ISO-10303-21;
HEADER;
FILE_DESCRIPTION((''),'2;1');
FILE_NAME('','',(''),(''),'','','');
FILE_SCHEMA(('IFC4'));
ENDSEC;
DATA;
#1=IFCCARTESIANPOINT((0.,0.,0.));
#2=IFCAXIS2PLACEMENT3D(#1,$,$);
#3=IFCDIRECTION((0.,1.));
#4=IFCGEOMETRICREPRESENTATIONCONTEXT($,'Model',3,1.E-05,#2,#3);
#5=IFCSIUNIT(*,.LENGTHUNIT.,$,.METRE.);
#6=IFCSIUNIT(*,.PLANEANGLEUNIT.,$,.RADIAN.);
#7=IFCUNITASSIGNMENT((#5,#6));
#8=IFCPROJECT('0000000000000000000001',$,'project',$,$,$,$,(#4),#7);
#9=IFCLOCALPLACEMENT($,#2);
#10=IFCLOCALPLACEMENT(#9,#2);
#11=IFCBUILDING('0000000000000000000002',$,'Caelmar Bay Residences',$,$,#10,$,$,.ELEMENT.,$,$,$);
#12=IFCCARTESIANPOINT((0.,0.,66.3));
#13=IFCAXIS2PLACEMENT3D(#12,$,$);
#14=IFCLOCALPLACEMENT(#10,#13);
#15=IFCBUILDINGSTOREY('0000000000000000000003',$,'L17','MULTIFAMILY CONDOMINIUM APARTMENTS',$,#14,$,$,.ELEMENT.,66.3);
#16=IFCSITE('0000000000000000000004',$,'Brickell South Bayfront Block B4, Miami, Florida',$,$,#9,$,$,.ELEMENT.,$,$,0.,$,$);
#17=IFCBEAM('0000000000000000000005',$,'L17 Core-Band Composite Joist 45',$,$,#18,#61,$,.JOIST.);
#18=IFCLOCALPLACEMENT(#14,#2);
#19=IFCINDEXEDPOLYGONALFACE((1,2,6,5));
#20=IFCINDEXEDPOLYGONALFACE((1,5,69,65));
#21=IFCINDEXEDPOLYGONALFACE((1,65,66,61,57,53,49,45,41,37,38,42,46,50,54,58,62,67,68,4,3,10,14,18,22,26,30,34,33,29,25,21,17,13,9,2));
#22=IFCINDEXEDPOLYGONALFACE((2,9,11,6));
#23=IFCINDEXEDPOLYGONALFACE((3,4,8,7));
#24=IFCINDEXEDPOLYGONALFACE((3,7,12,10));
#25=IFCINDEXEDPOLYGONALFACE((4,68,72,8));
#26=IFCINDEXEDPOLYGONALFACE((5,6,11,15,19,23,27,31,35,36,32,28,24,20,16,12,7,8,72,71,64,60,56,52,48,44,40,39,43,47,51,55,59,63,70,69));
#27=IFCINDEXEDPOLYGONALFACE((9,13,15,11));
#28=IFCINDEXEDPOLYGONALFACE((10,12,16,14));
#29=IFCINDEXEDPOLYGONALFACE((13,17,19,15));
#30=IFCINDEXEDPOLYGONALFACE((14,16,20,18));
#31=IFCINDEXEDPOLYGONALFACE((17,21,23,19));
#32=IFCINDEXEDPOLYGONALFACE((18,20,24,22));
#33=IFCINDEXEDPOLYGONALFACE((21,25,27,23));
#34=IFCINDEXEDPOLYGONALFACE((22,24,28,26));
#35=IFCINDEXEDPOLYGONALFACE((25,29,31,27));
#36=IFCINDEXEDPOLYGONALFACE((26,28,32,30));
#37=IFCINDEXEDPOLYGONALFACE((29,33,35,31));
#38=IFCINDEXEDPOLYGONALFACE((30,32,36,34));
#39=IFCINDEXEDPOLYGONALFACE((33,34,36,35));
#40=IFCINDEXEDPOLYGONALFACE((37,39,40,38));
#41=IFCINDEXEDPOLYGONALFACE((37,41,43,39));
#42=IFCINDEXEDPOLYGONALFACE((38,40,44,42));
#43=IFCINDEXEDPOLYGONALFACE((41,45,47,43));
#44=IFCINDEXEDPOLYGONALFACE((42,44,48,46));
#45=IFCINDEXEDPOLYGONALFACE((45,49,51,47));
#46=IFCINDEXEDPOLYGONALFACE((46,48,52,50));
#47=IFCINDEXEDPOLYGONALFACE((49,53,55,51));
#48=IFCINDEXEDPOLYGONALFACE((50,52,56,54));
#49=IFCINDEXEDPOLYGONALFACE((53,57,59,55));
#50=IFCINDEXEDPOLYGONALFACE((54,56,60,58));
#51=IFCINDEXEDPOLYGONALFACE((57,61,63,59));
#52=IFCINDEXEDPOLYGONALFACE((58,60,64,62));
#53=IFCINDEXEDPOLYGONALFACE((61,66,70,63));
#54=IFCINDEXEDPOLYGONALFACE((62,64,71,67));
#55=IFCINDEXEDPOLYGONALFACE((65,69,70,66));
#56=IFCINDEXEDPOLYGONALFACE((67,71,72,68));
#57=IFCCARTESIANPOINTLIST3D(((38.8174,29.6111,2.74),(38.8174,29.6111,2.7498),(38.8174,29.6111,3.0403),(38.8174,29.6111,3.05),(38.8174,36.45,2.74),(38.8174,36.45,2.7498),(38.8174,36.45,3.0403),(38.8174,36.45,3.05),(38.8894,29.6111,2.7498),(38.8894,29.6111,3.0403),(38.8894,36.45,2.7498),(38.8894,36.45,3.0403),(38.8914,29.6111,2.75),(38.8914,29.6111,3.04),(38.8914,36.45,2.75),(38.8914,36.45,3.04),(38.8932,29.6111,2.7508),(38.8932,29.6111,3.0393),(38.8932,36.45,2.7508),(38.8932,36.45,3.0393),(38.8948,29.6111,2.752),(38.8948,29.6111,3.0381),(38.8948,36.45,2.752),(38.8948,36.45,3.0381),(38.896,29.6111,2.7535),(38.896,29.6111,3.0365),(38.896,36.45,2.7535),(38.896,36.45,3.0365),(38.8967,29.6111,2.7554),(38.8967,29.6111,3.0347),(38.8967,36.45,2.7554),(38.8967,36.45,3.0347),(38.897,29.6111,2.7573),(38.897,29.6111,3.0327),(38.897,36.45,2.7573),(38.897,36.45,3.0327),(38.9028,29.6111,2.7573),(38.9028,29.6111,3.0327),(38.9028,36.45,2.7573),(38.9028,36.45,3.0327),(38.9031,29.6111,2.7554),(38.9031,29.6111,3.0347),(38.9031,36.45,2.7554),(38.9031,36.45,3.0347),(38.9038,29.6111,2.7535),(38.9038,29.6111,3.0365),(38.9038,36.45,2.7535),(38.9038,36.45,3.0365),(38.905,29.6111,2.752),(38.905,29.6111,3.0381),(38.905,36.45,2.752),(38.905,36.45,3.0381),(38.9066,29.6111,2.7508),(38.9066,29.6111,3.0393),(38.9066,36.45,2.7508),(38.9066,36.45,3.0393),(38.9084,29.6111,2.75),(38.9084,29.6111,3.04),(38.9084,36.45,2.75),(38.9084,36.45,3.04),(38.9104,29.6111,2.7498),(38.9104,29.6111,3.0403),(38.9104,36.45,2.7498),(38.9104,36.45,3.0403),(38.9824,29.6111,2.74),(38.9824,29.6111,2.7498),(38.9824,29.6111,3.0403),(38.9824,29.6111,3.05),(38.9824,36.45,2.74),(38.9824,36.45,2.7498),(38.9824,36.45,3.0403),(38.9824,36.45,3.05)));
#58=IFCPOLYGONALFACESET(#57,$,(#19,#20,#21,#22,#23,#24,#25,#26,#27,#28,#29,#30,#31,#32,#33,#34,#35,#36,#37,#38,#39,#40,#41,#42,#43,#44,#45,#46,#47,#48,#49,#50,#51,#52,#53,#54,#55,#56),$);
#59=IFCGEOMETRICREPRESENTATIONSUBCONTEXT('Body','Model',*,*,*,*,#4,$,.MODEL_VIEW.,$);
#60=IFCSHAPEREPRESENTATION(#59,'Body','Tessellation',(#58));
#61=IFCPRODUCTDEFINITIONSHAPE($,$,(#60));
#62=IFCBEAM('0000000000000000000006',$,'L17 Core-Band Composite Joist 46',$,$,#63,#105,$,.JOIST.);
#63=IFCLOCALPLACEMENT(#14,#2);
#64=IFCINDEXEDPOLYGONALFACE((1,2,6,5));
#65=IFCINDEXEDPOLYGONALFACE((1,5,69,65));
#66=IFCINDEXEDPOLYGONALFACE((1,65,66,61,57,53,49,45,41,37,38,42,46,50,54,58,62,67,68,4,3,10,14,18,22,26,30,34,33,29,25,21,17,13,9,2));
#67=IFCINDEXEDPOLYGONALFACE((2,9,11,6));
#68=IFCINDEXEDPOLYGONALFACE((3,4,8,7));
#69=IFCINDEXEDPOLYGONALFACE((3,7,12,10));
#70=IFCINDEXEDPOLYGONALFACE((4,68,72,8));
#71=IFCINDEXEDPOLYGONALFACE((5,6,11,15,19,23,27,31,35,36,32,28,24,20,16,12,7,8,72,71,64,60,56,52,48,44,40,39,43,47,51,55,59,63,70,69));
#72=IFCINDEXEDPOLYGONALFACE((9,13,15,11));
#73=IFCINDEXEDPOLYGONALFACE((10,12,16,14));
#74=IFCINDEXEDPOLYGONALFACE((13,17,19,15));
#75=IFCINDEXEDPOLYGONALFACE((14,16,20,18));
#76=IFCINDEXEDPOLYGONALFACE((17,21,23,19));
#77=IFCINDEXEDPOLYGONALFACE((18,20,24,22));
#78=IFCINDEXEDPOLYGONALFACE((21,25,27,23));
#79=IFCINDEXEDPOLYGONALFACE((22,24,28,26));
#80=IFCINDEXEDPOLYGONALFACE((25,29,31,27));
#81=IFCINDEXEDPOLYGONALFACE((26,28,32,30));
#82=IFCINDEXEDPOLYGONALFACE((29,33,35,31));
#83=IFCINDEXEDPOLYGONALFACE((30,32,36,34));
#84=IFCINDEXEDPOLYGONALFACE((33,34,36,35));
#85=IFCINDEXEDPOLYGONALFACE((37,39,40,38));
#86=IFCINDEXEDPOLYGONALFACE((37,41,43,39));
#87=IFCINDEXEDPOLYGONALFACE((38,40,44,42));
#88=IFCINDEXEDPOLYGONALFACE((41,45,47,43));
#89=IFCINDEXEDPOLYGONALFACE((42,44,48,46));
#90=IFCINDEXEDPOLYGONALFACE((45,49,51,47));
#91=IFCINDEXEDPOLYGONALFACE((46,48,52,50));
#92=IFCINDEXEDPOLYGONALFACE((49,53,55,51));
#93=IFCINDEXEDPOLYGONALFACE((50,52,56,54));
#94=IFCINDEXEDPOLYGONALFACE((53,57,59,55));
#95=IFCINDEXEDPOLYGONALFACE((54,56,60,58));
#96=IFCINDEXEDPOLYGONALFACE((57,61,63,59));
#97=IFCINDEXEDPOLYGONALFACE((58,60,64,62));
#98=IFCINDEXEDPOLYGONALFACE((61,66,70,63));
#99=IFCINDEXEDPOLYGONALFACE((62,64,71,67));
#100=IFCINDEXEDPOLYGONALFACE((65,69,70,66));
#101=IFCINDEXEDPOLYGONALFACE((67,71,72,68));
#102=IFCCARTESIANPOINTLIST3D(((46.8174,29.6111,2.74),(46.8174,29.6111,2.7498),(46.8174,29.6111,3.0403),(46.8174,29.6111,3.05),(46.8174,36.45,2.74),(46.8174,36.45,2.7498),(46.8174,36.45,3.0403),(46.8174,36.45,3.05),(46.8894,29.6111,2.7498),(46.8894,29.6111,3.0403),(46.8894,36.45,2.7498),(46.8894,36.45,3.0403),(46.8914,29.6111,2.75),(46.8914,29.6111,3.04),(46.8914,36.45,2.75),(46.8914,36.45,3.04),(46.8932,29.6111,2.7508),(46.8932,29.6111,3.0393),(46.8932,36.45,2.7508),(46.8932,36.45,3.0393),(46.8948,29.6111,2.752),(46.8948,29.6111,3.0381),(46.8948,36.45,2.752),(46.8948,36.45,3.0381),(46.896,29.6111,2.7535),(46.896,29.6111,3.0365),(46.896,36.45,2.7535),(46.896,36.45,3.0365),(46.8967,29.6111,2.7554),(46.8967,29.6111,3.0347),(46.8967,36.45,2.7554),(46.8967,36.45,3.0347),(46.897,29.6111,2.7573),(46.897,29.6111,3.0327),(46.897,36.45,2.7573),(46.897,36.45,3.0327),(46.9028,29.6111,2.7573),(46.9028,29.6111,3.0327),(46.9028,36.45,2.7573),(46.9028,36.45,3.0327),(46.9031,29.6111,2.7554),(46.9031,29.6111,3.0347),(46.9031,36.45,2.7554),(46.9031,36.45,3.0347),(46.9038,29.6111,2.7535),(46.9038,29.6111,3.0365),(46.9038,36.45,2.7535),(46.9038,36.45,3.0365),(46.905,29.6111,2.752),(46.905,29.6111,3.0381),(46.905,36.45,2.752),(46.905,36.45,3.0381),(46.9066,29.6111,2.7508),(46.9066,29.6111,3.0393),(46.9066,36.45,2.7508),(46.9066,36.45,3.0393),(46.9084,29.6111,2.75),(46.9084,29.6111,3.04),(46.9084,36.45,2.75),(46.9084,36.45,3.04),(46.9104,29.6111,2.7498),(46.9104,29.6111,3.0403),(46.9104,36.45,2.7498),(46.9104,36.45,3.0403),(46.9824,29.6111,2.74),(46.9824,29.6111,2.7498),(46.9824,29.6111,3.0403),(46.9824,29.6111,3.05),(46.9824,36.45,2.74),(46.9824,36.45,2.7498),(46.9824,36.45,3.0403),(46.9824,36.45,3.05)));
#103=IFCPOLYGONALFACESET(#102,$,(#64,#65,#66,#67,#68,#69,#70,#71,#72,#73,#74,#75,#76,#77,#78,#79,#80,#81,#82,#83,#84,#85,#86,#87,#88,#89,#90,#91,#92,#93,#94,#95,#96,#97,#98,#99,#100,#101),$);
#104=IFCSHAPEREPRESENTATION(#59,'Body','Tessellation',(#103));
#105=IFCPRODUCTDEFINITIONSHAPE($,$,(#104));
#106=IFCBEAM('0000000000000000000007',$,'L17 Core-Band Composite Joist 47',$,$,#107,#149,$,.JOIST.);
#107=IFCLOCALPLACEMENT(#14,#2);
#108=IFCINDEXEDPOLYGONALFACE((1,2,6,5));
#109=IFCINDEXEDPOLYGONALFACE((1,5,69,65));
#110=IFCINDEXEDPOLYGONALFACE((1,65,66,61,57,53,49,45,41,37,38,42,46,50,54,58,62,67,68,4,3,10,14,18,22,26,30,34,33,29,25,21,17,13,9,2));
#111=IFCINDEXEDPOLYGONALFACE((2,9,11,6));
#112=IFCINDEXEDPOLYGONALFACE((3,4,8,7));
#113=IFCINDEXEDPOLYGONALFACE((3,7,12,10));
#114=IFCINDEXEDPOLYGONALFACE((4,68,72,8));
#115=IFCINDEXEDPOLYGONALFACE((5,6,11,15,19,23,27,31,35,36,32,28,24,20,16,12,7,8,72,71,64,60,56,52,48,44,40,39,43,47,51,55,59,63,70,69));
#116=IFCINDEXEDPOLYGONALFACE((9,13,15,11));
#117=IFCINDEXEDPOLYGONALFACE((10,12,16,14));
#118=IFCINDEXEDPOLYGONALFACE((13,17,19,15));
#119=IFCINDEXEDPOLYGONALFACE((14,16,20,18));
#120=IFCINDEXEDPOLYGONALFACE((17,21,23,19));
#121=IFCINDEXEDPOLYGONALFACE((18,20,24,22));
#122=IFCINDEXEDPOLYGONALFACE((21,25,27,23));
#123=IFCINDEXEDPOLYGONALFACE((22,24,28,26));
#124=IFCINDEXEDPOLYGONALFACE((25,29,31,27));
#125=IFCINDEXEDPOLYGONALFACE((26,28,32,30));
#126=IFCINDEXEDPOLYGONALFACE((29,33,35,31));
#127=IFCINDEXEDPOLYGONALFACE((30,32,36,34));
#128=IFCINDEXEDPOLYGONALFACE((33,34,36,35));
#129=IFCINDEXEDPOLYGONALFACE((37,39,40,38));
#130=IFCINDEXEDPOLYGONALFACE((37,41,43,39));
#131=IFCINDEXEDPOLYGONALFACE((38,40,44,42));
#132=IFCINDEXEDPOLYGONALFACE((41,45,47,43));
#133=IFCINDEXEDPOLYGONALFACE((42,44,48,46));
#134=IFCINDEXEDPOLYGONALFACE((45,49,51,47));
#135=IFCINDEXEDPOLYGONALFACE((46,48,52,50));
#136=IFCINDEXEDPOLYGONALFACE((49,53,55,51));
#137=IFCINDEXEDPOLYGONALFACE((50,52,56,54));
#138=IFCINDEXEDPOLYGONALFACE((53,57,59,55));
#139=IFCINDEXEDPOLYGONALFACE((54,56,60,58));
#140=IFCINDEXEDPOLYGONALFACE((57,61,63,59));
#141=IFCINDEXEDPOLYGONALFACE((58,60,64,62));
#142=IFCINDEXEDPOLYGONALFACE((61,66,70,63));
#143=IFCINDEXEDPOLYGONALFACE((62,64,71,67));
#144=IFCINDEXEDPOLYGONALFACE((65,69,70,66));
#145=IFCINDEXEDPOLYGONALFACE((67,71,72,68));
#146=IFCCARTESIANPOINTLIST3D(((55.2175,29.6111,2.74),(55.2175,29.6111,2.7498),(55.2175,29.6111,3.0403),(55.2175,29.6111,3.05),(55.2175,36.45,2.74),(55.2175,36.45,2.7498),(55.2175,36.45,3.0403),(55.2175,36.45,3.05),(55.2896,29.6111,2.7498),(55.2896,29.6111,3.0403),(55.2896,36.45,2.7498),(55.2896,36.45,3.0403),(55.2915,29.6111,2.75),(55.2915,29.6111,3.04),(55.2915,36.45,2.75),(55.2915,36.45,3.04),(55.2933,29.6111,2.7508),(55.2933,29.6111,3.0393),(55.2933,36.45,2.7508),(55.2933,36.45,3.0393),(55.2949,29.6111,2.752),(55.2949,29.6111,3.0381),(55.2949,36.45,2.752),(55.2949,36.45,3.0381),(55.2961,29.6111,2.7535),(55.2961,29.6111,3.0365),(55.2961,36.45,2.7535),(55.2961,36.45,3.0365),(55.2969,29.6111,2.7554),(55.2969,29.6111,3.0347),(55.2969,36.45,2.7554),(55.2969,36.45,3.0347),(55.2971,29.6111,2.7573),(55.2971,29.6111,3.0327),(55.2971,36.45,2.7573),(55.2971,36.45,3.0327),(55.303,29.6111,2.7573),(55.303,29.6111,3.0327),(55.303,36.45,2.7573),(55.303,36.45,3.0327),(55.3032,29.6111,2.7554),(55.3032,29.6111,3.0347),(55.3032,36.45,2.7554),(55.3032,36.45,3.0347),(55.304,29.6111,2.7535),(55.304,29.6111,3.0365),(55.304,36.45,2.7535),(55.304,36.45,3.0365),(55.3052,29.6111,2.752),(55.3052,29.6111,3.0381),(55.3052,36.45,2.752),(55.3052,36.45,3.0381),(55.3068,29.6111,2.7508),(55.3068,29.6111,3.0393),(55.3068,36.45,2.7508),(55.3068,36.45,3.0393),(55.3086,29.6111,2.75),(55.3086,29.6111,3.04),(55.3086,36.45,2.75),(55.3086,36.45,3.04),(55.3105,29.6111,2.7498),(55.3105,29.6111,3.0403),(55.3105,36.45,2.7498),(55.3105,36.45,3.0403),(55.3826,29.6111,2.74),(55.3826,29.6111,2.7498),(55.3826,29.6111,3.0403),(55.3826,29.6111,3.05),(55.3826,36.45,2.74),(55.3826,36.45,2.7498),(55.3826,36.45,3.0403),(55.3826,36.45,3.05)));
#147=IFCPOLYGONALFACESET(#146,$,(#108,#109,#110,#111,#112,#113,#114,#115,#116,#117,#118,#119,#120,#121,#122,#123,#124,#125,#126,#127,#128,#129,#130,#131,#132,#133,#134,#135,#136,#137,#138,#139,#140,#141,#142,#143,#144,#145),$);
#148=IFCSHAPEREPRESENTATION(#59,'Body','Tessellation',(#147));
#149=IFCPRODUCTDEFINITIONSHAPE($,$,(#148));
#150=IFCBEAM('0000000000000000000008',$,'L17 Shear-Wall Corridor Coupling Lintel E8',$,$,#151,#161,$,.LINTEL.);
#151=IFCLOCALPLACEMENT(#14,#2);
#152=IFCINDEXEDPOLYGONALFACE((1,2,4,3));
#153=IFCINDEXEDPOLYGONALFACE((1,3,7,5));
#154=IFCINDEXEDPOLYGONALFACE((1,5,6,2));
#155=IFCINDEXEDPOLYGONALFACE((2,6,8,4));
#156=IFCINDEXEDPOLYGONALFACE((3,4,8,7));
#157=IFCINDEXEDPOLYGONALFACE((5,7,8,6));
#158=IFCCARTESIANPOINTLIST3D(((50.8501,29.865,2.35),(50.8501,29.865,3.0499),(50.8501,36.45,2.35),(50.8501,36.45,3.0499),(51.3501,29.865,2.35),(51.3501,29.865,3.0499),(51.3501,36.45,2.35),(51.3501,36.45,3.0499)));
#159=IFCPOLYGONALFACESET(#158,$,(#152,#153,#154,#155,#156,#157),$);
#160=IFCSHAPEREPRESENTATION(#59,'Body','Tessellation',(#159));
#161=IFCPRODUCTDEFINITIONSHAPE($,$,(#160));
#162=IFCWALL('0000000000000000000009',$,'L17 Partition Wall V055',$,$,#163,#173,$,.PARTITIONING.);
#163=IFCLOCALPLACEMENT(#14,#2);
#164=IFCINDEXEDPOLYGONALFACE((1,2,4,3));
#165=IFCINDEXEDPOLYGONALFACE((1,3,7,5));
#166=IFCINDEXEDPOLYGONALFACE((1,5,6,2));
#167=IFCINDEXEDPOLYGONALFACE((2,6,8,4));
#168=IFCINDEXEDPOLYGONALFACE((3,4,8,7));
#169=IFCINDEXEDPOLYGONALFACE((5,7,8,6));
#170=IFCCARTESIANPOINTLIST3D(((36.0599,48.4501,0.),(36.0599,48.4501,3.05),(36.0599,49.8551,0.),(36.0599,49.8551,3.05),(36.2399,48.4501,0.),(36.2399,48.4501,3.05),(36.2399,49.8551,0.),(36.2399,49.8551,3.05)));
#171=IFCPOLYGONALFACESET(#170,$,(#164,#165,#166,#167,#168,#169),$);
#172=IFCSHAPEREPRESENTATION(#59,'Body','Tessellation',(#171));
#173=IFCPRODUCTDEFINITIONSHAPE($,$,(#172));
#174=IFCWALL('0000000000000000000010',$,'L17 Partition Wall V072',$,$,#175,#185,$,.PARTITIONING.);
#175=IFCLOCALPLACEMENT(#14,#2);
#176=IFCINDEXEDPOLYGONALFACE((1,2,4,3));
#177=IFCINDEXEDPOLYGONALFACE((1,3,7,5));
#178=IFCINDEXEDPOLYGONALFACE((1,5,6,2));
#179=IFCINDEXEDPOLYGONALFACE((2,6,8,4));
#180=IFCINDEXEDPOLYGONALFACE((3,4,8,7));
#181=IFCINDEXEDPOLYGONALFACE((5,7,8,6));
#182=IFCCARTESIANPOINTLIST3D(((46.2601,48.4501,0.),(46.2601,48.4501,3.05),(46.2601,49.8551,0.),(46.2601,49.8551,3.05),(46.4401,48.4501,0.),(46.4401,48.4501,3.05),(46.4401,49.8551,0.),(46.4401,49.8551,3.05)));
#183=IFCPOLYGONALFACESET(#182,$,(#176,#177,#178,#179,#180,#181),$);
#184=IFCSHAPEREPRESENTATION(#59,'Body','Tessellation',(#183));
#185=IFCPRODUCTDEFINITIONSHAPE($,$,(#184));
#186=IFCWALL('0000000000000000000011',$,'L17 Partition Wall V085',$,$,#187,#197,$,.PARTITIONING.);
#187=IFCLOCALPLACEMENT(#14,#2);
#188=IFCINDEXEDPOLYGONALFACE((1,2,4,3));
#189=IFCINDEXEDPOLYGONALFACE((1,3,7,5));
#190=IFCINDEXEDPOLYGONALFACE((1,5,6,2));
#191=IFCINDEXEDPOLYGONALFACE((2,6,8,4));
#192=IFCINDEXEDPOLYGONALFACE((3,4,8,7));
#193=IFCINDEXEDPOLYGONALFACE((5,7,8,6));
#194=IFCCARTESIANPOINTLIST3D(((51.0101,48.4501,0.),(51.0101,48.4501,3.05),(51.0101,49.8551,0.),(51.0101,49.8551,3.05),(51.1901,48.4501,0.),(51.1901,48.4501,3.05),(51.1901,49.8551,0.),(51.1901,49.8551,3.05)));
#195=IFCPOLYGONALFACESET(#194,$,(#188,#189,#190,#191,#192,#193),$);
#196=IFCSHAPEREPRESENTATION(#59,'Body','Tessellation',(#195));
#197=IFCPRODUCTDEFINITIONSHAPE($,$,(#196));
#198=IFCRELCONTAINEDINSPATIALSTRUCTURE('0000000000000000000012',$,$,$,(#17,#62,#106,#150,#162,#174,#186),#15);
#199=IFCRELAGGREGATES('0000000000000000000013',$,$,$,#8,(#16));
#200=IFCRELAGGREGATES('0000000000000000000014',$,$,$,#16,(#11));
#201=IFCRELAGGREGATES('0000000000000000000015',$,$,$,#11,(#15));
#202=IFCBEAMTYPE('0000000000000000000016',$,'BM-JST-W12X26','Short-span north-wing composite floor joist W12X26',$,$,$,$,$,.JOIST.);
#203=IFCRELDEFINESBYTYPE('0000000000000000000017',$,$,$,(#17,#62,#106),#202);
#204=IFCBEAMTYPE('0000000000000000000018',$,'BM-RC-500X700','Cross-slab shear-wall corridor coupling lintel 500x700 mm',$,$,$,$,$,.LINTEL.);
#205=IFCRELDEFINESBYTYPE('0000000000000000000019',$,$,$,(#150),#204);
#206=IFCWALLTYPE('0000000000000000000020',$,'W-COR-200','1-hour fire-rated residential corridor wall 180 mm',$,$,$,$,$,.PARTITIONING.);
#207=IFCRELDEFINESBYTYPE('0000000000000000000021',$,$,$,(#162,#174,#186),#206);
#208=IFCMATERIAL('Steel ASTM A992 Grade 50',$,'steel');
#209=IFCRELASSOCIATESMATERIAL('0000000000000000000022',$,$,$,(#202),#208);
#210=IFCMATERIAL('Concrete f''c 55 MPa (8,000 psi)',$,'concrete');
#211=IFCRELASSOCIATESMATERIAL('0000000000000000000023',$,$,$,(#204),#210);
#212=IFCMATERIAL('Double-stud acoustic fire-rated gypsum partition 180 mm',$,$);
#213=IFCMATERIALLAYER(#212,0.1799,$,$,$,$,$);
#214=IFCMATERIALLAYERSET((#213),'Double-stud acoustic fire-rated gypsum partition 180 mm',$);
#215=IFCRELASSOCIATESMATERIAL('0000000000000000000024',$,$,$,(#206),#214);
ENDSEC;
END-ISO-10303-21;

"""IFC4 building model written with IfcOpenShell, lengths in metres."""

from ifc_helpers import new_model, si_unit, direction, frame, frame_2d, origin, origin_2d, place, context, subcontext, project, spatial, rectangle, i_section, extrude, material, layer, layer_set, material_profile, profile_set, type_object, element, save


model = new_model("IFC4")

# Units and contexts
model_context = context("Model", 3, precision=1e-05, world=origin(), true_north=direction((0.0, 1.0)))
body_context = subcontext(model_context, "Body", "Model", "MODEL_VIEW")
ifc_project = project(units=[si_unit("LENGTHUNIT", "METRE"), si_unit("PLANEANGLEUNIT", "RADIAN")], contexts=[model_context])

# Site, building, storey
site_placement = place(None, origin())
site = spatial("IfcSite", under=ifc_project, at=site_placement, Name="Brickell South Bayfront Block B4, Miami, Florida", CompositionType="ELEMENT", RefElevation=0.0)
building_placement = place(site_placement, origin())
building = spatial("IfcBuilding", under=site, at=building_placement, Name="Caelmar Bay Residences", CompositionType="ELEMENT")
storey_placement = place(building_placement, frame((0.0, 0.0, 66.3)))
storey = spatial("IfcBuildingStorey", under=building, at=storey_placement, Name="L17", Description="MULTIFAMILY CONDOMINIUM APARTMENTS", CompositionType="ELEMENT", Elevation=66.3)

# Beams
ifc_material_1 = material(Name="Steel ASTM A992 Grade 50", Category="steel")
ifc_material_profile_1 = material_profile(ifc_material_1, i_section(OverallWidth=0.165, OverallDepth=0.3101, WebThickness=0.0059, FlangeThickness=0.0098, FilletRadius=0.0076, at=origin_2d()), Name="W12X26")
ifc_profile_set_1 = profile_set([ifc_material_profile_1], Name="Steel ASTM A992 Grade 50")
beam_type_1 = type_object("IfcBeamType", Name="BM-JST-W12X26", Description="Short-span north-wing composite floor joist W12X26", PredefinedType="JOIST", material=ifc_profile_set_1)
for number, where, z_axis, x_axis, name in (
    (1, (38.8999, 29.6111, 2.895), (0.0, 1.0, 0.0), (-1.0, 0.0, 0.0), "L17 Core-Band Composite Joist 45"),
    (2, (46.8999, 29.6111, 2.895), (0.0, 1.0, 0.0), (-1.0, 0.0, 0.0), "L17 Core-Band Composite Joist 46"),
    (3, (55.3, 29.6111, 2.895), (0.0, 1.0, 0.0), (-1.0, 0.0, 0.0), "L17 Core-Band Composite Joist 47"),
):
    element("IfcBeam", number, at=place(storey_placement, frame(where, z_axis=z_axis, x_axis=x_axis)), inside=storey, type_object=beam_type_1, Name=name, PredefinedType="JOIST", context=body_context, shape_type="SweptSolid", body=[
        extrude(i_section(OverallWidth=0.165, OverallDepth=0.3101, WebThickness=0.0059, FlangeThickness=0.0098, FilletRadius=0.0076, at=origin_2d()), origin(), (0.0, 0.0, 1.0), 6.8389),
    ])
ifc_material_2 = material(Name="Concrete f'c 55 MPa (8,000 psi)", Category="concrete")
ifc_material_profile_2 = material_profile(ifc_material_2, rectangle(XDim=0.5, YDim=0.7, at=origin_2d()), Name="RC-BM-500X700")
ifc_profile_set_2 = profile_set([ifc_material_profile_2], Name="Concrete f'c 55 MPa (8,000 psi)")
beam_type_2 = type_object("IfcBeamType", Name="BM-RC-500X700", Description="Cross-slab shear-wall corridor coupling lintel 500x700 mm", PredefinedType="LINTEL", material=ifc_profile_set_2)
beam_1_placement = place(storey_placement, frame((51.1001, 29.865, 2.7), z_axis=(0.0, 1.0, 0.0), x_axis=(-1.0, 0.0, 0.0)))
element("IfcBeam", 4, at=beam_1_placement, inside=storey, type_object=beam_type_2, Name="L17 Shear-Wall Corridor Coupling Lintel E8", PredefinedType="LINTEL", context=body_context, shape_type="SweptSolid", body=[
    extrude(rectangle(XDim=0.5, YDim=0.7, at=origin_2d()), origin(), (0.0, 0.0, 1.0), 6.585),
])

# Walls
ifc_material_3 = material(Name="Double-stud acoustic fire-rated gypsum partition 180 mm")
ifc_layer_1 = layer(ifc_material_3, 0.1799)
ifc_layer_set_1 = layer_set([ifc_layer_1], Name="Double-stud acoustic fire-rated gypsum partition 180 mm")
wall_type_1 = type_object("IfcWallType", Name="W-COR-200", Description="1-hour fire-rated residential corridor wall 180 mm", PredefinedType="PARTITIONING", material=ifc_layer_set_1)
for number, where, z_axis, x_axis, name in (
    (5, (36.1499, 48.45, 0.0), (0.0, 0.0, 1.0), (0.0, 1.0, 0.0), "L17 Partition Wall V055"),
    (6, (46.3501, 48.45, 0.0), (0.0, 0.0, 1.0), (0.0, 1.0, 0.0), "L17 Partition Wall V072"),
    (7, (51.1001, 48.45, 0.0), (0.0, 0.0, 1.0), (0.0, 1.0, 0.0), "L17 Partition Wall V085"),
):
    element("IfcWall", number, at=place(storey_placement, frame(where, z_axis=z_axis, x_axis=x_axis)), inside=storey, type_object=wall_type_1, Name=name, PredefinedType="PARTITIONING", context=body_context, shape_type="SweptSolid", body=[
        extrude(rectangle(XDim=1.405, YDim=0.1799, at=frame_2d((0.7026, 0.0))), origin(), (0.0, 0.0, 1.0), 3.05),
    ])

save(model, "model.ifc")
